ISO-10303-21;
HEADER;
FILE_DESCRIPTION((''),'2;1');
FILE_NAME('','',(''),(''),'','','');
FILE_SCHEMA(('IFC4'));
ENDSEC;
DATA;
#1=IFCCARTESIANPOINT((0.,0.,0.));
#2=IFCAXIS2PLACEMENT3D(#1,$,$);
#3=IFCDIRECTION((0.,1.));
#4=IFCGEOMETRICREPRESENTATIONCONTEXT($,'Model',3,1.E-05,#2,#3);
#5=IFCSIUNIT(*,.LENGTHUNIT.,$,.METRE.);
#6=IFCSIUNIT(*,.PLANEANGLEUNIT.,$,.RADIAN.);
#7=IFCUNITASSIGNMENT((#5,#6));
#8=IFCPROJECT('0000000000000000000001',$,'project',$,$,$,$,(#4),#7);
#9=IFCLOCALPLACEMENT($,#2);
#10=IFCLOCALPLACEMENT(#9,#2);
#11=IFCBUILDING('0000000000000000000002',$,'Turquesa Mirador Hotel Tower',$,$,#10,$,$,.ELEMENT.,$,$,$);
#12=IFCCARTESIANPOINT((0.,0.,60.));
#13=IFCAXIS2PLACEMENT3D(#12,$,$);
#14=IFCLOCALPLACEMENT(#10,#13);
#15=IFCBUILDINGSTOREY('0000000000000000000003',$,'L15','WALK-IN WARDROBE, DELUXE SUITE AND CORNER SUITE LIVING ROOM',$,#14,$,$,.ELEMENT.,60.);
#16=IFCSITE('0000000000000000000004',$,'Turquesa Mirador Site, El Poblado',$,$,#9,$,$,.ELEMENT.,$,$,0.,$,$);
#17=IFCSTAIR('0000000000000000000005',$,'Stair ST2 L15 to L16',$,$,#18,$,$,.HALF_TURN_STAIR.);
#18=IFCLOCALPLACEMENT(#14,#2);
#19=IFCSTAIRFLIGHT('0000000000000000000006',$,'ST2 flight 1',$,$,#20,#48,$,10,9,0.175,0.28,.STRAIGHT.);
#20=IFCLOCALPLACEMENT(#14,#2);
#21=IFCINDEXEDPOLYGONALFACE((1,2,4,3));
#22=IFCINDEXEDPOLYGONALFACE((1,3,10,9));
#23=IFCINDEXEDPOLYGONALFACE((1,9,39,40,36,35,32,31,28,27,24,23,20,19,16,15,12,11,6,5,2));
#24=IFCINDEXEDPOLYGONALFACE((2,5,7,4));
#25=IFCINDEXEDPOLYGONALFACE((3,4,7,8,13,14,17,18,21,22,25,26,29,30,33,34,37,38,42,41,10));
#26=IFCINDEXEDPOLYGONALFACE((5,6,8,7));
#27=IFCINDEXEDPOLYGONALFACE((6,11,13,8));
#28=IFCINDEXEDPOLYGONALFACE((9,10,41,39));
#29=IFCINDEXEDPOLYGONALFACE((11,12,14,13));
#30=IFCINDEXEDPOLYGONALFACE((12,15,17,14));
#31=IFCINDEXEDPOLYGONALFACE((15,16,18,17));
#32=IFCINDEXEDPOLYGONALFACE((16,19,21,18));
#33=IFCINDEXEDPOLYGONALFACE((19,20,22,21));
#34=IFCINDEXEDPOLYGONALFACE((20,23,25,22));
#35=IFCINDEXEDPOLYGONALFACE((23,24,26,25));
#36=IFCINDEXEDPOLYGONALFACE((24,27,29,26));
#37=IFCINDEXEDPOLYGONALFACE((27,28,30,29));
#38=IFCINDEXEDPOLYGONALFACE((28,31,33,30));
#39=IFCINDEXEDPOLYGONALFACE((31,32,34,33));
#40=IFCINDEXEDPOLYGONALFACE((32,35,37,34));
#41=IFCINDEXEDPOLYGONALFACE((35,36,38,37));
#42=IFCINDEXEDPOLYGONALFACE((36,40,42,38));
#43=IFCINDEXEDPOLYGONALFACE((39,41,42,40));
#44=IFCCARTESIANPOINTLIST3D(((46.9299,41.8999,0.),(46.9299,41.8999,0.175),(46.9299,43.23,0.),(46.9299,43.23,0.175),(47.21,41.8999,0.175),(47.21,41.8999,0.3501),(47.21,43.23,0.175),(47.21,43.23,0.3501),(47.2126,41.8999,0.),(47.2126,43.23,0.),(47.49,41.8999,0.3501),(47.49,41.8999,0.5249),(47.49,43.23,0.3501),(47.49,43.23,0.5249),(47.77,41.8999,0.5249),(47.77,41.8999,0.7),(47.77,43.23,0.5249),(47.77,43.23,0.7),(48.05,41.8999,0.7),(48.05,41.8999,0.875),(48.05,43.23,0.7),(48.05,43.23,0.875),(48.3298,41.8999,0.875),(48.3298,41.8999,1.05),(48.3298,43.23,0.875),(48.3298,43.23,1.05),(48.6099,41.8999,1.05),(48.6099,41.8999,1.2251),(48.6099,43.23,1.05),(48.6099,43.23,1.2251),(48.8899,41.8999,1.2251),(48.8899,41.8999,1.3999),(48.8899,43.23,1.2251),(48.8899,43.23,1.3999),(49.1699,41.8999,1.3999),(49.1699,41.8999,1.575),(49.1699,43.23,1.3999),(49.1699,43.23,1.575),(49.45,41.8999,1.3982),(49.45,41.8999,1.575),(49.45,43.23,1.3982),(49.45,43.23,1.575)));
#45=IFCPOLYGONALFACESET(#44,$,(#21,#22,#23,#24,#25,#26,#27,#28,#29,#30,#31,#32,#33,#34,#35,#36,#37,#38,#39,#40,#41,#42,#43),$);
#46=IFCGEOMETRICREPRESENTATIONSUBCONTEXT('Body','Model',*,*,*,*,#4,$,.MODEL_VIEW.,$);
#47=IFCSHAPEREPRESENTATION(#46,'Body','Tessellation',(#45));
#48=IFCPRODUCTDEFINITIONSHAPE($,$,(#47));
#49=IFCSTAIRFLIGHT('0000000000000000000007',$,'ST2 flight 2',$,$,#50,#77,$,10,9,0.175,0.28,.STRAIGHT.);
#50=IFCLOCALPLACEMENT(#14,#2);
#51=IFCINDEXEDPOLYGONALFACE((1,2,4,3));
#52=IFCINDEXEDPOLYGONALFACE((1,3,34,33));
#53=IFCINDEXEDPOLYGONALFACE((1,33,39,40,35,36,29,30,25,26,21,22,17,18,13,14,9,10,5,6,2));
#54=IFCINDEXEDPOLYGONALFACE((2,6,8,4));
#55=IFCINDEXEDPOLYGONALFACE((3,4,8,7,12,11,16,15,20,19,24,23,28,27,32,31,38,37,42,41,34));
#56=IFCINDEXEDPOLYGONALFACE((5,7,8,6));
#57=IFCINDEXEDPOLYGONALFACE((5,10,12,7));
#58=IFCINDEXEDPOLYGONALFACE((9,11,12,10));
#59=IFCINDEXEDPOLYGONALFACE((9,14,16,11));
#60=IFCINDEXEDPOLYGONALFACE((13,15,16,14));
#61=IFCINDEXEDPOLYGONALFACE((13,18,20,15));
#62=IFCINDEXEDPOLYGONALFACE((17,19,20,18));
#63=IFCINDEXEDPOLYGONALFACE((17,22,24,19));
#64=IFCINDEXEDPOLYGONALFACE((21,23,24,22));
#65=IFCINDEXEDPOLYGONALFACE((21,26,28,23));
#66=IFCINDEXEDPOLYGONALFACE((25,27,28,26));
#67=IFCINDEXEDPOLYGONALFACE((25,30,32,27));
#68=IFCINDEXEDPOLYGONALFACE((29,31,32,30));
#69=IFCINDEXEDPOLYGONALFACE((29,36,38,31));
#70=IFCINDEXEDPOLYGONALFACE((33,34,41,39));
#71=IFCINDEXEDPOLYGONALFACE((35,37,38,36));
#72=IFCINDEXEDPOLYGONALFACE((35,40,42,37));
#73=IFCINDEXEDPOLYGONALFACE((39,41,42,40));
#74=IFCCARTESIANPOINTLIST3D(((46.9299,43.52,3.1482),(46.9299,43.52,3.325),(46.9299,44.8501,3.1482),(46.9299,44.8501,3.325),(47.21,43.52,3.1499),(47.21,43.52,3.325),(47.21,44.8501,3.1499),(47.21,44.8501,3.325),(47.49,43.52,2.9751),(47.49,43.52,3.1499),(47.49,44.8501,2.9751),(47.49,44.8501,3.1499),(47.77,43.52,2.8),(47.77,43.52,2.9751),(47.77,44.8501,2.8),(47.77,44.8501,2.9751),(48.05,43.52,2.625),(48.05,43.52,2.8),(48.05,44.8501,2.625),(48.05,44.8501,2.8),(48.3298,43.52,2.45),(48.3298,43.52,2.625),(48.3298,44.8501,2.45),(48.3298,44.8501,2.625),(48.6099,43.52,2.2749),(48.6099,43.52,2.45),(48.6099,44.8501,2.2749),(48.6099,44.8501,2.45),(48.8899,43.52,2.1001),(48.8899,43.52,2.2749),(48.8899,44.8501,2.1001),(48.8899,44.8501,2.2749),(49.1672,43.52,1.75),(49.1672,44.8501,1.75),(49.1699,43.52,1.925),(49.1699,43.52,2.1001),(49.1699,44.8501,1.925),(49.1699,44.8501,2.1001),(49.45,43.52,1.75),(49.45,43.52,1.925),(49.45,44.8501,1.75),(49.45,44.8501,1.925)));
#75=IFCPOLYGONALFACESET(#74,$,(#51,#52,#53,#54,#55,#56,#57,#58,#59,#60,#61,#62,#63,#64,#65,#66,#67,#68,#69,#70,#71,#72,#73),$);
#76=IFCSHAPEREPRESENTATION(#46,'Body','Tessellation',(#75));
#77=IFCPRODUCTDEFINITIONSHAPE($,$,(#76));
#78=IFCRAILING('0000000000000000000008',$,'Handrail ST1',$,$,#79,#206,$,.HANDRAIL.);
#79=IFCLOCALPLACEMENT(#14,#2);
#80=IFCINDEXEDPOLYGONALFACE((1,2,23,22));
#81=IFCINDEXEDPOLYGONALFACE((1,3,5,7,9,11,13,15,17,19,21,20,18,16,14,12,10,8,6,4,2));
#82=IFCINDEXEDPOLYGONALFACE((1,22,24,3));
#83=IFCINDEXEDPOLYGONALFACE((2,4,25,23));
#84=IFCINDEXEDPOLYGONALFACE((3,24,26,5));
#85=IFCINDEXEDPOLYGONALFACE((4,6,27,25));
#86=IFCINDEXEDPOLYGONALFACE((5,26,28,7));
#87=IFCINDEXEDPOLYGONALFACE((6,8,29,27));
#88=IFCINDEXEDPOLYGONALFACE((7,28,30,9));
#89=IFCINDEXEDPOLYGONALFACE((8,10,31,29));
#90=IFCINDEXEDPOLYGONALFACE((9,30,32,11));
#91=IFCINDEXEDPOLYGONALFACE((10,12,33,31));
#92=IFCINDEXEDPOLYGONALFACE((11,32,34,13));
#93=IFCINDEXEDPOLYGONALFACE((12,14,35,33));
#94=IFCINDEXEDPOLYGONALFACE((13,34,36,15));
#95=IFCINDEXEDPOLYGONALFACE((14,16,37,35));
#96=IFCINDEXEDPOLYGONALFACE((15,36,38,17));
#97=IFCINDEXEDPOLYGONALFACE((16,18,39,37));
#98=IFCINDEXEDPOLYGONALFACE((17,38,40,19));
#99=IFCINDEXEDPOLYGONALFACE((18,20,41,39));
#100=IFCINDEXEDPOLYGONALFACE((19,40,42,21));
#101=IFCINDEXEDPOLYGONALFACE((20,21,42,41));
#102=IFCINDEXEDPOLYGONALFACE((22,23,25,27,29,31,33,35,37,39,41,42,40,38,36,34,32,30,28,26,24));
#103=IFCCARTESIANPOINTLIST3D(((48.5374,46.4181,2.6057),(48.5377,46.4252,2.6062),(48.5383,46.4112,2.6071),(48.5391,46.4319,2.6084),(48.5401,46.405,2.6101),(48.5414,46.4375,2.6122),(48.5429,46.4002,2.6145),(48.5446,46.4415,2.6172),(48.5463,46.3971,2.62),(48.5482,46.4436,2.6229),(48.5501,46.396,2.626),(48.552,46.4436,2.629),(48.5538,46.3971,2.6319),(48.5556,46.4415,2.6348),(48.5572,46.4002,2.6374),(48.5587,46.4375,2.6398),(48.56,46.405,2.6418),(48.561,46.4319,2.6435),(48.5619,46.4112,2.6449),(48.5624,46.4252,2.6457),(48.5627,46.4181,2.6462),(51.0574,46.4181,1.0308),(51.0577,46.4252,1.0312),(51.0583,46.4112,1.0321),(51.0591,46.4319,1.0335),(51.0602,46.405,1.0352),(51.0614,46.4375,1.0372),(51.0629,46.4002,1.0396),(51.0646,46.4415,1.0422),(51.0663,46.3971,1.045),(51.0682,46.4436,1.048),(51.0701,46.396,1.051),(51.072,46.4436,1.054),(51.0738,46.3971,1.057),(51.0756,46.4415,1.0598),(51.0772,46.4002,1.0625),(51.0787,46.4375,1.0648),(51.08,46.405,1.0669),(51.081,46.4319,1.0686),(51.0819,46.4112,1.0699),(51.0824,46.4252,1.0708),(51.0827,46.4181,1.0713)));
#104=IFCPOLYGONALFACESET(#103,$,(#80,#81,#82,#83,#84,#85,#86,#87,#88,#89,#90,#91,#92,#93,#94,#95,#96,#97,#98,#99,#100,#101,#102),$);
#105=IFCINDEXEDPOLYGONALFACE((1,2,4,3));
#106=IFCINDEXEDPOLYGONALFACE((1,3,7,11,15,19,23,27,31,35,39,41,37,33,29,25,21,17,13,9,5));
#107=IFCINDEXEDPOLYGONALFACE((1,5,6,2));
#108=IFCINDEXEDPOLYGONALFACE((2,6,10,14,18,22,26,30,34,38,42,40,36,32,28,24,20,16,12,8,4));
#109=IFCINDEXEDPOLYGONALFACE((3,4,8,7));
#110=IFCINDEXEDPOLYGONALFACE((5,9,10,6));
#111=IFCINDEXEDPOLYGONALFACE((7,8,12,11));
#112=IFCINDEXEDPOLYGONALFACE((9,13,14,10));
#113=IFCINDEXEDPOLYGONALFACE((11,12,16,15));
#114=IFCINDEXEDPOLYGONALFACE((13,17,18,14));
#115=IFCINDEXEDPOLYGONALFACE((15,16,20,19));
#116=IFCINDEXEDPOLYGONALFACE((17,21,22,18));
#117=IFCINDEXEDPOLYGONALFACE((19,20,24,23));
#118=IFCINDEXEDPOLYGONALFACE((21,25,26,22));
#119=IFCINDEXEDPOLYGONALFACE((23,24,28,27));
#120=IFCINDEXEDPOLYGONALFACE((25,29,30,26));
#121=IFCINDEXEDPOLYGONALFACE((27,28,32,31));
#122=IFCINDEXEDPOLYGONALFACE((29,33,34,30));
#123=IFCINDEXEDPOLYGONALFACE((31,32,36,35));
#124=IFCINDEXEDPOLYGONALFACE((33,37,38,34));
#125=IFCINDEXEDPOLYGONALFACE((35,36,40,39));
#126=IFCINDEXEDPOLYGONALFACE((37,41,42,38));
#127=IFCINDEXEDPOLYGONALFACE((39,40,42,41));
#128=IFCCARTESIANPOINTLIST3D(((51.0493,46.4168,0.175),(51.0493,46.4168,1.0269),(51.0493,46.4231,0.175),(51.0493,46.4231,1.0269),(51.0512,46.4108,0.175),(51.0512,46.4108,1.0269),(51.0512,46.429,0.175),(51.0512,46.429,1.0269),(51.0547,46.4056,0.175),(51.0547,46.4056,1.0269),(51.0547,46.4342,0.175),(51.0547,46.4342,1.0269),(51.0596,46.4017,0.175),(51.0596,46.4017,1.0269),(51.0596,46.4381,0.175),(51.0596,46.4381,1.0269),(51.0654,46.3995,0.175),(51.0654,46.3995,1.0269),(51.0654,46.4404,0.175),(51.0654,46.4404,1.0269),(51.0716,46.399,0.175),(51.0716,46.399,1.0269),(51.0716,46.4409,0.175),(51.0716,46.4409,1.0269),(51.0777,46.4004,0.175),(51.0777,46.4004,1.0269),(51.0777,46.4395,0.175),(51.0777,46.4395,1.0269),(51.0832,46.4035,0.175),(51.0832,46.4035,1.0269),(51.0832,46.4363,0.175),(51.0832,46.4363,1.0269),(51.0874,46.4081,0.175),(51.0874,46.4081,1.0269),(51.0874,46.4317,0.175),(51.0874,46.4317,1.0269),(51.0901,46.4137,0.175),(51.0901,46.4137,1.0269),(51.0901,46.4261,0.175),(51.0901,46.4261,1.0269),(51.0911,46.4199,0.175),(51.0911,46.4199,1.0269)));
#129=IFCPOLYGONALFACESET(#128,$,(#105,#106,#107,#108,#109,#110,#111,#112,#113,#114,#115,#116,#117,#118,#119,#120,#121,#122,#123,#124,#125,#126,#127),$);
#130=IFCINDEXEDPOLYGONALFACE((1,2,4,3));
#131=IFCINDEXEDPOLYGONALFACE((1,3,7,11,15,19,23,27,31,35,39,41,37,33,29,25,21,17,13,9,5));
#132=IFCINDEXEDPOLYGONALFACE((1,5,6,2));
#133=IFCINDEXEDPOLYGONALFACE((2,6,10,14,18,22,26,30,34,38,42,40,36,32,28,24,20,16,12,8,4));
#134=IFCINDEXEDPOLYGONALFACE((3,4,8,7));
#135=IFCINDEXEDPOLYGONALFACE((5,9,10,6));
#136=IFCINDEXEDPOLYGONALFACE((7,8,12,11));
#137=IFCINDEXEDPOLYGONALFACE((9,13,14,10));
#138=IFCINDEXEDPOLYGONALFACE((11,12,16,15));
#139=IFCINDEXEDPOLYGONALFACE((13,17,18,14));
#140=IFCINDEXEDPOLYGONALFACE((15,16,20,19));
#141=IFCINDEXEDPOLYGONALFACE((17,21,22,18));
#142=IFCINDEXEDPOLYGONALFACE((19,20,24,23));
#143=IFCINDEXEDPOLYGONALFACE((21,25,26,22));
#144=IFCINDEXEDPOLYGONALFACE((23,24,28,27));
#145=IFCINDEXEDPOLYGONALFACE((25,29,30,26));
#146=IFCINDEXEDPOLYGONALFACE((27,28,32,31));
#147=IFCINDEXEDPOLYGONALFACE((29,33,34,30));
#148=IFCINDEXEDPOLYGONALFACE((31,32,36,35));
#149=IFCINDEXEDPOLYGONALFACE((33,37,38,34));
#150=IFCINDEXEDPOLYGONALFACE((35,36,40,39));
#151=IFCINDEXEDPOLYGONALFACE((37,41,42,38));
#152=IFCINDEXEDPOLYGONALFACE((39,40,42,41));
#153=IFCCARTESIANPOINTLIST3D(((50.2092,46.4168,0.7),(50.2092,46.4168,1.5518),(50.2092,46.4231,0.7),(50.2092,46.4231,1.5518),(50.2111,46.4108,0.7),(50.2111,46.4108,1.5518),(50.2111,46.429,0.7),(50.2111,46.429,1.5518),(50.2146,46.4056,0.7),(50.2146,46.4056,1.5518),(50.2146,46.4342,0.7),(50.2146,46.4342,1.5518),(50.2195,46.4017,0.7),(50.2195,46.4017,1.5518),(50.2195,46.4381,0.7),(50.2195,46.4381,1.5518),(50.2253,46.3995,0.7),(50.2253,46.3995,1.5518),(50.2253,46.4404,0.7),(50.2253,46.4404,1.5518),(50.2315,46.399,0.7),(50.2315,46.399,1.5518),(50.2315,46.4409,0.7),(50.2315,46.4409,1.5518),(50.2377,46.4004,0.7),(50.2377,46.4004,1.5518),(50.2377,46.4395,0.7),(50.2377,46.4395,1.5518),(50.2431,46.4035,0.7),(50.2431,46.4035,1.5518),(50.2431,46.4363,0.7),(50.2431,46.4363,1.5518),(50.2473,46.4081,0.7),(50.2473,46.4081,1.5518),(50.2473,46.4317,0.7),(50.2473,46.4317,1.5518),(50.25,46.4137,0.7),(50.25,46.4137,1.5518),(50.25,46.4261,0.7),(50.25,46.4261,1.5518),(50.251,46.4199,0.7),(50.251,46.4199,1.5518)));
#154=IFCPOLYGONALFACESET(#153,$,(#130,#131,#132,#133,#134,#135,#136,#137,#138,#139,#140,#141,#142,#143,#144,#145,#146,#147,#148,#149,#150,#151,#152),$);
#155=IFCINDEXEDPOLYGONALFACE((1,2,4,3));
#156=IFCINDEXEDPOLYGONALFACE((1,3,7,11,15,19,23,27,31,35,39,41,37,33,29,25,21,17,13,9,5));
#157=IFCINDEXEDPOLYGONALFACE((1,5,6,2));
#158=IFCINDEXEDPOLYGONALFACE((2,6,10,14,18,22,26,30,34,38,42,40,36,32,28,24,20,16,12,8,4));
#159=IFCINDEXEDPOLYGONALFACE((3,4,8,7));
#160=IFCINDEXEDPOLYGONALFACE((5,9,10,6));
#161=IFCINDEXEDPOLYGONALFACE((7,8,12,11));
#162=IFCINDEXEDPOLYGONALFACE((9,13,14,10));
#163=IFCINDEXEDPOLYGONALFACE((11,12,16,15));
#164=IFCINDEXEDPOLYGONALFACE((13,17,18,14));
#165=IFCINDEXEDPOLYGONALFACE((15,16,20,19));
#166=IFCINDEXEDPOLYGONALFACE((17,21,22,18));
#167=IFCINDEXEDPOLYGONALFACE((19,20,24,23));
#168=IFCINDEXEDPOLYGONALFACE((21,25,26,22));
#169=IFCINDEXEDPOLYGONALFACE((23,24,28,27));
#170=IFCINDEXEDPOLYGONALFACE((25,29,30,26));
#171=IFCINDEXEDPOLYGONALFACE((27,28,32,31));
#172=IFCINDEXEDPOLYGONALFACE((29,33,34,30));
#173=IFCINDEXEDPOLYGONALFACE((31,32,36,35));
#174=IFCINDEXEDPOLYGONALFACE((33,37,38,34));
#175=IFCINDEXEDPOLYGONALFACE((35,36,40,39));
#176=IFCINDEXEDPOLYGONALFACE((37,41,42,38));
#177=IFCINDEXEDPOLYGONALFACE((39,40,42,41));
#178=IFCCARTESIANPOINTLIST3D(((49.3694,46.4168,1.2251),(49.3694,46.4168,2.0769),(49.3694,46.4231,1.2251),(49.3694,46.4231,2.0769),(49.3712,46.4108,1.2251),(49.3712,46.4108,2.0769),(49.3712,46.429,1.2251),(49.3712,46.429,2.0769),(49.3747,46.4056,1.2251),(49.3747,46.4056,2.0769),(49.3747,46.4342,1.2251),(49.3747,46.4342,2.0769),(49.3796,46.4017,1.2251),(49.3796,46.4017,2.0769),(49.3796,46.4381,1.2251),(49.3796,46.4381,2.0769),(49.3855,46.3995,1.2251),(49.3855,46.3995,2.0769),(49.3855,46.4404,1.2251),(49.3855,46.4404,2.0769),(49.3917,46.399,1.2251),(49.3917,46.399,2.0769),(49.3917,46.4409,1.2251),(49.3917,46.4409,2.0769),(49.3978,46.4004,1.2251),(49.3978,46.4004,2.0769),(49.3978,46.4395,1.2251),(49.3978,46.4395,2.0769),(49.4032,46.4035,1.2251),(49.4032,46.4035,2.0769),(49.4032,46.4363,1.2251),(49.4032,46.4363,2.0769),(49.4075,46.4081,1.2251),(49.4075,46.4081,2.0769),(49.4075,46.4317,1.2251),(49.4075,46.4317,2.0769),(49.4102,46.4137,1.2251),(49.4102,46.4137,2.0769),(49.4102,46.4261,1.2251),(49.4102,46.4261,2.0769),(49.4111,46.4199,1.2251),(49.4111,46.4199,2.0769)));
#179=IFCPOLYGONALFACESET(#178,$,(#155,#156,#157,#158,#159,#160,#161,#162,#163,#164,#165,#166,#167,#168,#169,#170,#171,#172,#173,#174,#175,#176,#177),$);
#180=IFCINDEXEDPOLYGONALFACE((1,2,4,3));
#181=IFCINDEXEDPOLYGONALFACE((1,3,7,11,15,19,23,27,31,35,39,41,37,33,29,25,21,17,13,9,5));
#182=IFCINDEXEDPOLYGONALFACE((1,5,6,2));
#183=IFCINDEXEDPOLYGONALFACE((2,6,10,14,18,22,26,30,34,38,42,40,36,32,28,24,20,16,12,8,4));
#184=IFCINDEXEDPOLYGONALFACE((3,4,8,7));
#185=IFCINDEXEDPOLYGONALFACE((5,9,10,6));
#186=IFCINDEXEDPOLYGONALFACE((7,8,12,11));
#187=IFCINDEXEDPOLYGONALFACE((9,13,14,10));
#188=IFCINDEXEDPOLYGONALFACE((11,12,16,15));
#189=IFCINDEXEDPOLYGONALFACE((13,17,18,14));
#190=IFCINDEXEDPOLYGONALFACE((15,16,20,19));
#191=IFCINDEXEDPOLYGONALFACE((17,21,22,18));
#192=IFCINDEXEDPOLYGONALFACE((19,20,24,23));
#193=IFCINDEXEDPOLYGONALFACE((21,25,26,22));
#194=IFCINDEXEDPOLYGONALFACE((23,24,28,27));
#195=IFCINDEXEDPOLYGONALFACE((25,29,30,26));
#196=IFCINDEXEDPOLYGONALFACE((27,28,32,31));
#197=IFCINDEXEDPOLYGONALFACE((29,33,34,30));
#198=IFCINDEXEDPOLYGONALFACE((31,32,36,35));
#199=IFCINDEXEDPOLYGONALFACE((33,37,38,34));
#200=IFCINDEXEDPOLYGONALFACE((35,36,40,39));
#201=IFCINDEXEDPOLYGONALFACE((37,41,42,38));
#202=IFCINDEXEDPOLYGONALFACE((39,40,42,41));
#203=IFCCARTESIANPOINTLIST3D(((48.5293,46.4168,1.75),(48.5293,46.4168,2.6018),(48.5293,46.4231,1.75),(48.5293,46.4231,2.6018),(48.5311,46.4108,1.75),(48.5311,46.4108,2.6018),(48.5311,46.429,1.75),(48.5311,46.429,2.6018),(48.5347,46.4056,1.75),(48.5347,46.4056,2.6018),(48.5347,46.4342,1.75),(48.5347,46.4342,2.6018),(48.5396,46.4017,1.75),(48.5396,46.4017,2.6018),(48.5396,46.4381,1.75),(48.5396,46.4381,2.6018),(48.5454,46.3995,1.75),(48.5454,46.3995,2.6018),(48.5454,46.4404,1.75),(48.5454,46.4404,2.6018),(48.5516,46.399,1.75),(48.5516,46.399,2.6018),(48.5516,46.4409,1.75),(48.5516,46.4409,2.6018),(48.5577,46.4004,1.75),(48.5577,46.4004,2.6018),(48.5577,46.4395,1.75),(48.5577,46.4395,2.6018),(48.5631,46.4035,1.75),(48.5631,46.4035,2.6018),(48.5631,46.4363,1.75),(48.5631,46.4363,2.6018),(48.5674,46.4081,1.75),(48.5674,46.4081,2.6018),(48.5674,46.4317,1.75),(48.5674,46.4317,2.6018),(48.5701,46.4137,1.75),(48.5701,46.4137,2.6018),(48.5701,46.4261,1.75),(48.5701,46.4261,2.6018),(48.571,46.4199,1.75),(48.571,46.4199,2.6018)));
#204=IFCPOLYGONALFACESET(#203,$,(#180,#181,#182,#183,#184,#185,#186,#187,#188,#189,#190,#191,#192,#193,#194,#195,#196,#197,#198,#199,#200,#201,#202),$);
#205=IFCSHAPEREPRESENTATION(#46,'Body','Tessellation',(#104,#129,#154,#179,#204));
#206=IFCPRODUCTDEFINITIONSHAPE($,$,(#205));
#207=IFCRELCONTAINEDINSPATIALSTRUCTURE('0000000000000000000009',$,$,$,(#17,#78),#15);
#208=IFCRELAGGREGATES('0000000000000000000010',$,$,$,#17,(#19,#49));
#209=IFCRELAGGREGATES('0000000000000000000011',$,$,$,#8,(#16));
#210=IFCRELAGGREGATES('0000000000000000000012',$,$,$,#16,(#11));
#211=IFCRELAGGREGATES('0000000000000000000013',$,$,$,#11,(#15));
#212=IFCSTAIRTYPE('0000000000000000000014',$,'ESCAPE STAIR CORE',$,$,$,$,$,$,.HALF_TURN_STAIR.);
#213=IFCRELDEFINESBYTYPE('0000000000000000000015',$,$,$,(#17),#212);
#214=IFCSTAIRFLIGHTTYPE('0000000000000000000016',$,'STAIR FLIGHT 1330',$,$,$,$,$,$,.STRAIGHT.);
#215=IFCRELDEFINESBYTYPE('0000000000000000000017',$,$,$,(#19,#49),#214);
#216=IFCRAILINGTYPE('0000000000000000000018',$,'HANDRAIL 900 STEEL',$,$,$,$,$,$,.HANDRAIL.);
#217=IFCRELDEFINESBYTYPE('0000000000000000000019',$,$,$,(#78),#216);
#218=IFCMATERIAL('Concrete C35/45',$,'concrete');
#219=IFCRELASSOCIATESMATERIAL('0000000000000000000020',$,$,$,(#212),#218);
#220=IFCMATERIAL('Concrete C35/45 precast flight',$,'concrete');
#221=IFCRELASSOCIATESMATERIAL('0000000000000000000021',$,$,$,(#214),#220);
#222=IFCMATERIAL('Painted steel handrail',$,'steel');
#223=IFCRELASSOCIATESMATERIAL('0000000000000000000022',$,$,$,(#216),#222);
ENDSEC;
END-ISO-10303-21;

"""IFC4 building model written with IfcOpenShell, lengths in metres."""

from ifc_helpers import new_model, si_unit, direction, frame, origin, origin_2d, place, context, subcontext, project, spatial, polyline, circle, outline, extrude, material, type_object, element, aggregate, save


model = new_model("IFC4")

# Units and contexts
model_context = context("Model", 3, precision=1e-05, world=origin(), true_north=direction((0.0, 1.0)))
body_context = subcontext(model_context, "Body", "Model", "MODEL_VIEW")
ifc_project = project(units=[si_unit("LENGTHUNIT", "METRE"), si_unit("PLANEANGLEUNIT", "RADIAN")], contexts=[model_context])

# Site, building, storey
site_placement = place(None, origin())
site = spatial("IfcSite", under=ifc_project, at=site_placement, Name="Turquesa Mirador Site, El Poblado", CompositionType="ELEMENT", RefElevation=0.0)
building_placement = place(site_placement, origin())
building = spatial("IfcBuilding", under=site, at=building_placement, Name="Turquesa Mirador Hotel Tower", CompositionType="ELEMENT")
storey_placement = place(building_placement, frame((0.0, 0.0, 60.0)))
storey = spatial("IfcBuildingStorey", under=building, at=storey_placement, Name="L15", Description="WALK-IN WARDROBE, DELUXE SUITE AND CORNER SUITE LIVING ROOM", CompositionType="ELEMENT", Elevation=60.0)

# Stair, stair flights
ifc_material_1 = material(Name="Concrete C35/45", Category="concrete")
stair_type = type_object("IfcStairType", Name="ESCAPE STAIR CORE", PredefinedType="HALF_TURN_STAIR", material=ifc_material_1)
ifc_material_2 = material(Name="Concrete C35/45 precast flight", Category="concrete")
stair_flight_type = type_object("IfcStairFlightType", Name="STAIR FLIGHT 1330", PredefinedType="STRAIGHT", material=ifc_material_2)
stair_1_placement = place(storey_placement, origin())
stair_1 = element("IfcStair", 1, at=stair_1_placement, inside=storey, type_object=stair_type, Name="Stair ST2 L15 to L16", PredefinedType="HALF_TURN_STAIR")
stair_flight_1_placement = place(storey_placement, frame((46.9299, 42.5649, 0.0), z_axis=(0.0, 0.0, 1.0), x_axis=(1.0, 0.0, 0.0)))
stair_flight_1 = element("IfcStairFlight", 2, at=stair_flight_1_placement, type_object=stair_flight_type, Name="ST2 flight 1", NumberOfRisers=10, NumberOfTreads=9, PredefinedType="STRAIGHT", RiserHeight=0.175, TreadLength=0.28, context=body_context, shape_type="SweptSolid", body=[
    extrude(outline(polyline([(0.0, 0.0), (0.0, 0.175), (0.28, 0.175), (0.28, 0.3501), (0.5601, 0.3501), (0.5601, 0.5249), (0.8401, 0.5249), (0.8401, 0.7), (1.1201, 0.7), (1.1201, 0.875), (1.3999, 0.875), (1.3999, 1.05), (1.6799, 1.05), (1.6799, 1.2251), (1.96, 1.2251), (1.96, 1.3999), (2.24, 1.3999), (2.24, 1.575), (2.52, 1.575), (2.52, 1.75), (2.52, 1.3982), (0.2827, 0.0), (0.0, 0.0)])), frame((0.0, 0.665, 0.0), z_axis=(0.0, -1.0, 0.0), x_axis=(1.0, 0.0, 0.0)), (0.0, 0.0, 1.0), 1.3301),
])
stair_flight_2_placement = place(storey_placement, frame((49.45, 44.1851, 1.75), z_axis=(0.0, 0.0, 1.0), x_axis=(-1.0, 0.0, 0.0)))
stair_flight_2 = element("IfcStairFlight", 3, at=stair_flight_2_placement, type_object=stair_flight_type, Name="ST2 flight 2", NumberOfRisers=10, NumberOfTreads=9, PredefinedType="STRAIGHT", RiserHeight=0.175, TreadLength=0.28, context=body_context, shape_type="SweptSolid", body=[
    extrude(outline(polyline([(0.0, 0.0), (0.0, 0.175), (0.28, 0.175), (0.28, 0.3501), (0.5601, 0.3501), (0.5601, 0.5249), (0.8401, 0.5249), (0.8401, 0.7), (1.1201, 0.7), (1.1201, 0.875), (1.3999, 0.875), (1.3999, 1.05), (1.6799, 1.05), (1.6799, 1.2251), (1.96, 1.2251), (1.96, 1.3999), (2.24, 1.3999), (2.24, 1.575), (2.52, 1.575), (2.52, 1.75), (2.52, 1.3982), (0.2827, 0.0), (0.0, 0.0)])), frame((0.0, 0.665, 0.0), z_axis=(0.0, -1.0, 0.0), x_axis=(1.0, 0.0, 0.0)), (0.0, 0.0, 1.0), 1.3301),
])
aggregate(stair_1, [stair_flight_1, stair_flight_2])

# Railing
ifc_material_3 = material(Name="Painted steel handrail", Category="steel")
railing_type = type_object("IfcRailingType", Name="HANDRAIL 900 STEEL", PredefinedType="HANDRAIL", material=ifc_material_3)
railing_1_placement = place(storey_placement, frame((51.0701, 46.4199, 0.175)))
element("IfcRailing", 4, at=railing_1_placement, inside=storey, type_object=railing_type, Name="Handrail ST1", PredefinedType="HANDRAIL", context=body_context, shape_type="SweptSolid", body=[
    extrude(circle(Radius=0.0239, at=origin_2d()), frame((0.0, 0.0, 0.876), z_axis=(-0.848008, 0.0, 0.529984), x_axis=(0.0, -1.0, 0.0)), (0.0, 0.0, 1.0), 2.9717),
    extrude(circle(Radius=0.021, at=origin_2d()), origin(), (0.0, 0.0, 1.0), 0.8518),
    extrude(circle(Radius=0.021, at=origin_2d()), frame((-0.8401, 0.0, 0.5249)), (0.0, 0.0, 1.0), 0.8518),
    extrude(circle(Radius=0.021, at=origin_2d()), frame((-1.6799, 0.0, 1.05)), (0.0, 0.0, 1.0), 0.8518),
    extrude(circle(Radius=0.021, at=origin_2d()), frame((-2.52, 0.0, 1.575)), (0.0, 0.0, 1.0), 0.8518),
])

save(model, "model.ifc")
